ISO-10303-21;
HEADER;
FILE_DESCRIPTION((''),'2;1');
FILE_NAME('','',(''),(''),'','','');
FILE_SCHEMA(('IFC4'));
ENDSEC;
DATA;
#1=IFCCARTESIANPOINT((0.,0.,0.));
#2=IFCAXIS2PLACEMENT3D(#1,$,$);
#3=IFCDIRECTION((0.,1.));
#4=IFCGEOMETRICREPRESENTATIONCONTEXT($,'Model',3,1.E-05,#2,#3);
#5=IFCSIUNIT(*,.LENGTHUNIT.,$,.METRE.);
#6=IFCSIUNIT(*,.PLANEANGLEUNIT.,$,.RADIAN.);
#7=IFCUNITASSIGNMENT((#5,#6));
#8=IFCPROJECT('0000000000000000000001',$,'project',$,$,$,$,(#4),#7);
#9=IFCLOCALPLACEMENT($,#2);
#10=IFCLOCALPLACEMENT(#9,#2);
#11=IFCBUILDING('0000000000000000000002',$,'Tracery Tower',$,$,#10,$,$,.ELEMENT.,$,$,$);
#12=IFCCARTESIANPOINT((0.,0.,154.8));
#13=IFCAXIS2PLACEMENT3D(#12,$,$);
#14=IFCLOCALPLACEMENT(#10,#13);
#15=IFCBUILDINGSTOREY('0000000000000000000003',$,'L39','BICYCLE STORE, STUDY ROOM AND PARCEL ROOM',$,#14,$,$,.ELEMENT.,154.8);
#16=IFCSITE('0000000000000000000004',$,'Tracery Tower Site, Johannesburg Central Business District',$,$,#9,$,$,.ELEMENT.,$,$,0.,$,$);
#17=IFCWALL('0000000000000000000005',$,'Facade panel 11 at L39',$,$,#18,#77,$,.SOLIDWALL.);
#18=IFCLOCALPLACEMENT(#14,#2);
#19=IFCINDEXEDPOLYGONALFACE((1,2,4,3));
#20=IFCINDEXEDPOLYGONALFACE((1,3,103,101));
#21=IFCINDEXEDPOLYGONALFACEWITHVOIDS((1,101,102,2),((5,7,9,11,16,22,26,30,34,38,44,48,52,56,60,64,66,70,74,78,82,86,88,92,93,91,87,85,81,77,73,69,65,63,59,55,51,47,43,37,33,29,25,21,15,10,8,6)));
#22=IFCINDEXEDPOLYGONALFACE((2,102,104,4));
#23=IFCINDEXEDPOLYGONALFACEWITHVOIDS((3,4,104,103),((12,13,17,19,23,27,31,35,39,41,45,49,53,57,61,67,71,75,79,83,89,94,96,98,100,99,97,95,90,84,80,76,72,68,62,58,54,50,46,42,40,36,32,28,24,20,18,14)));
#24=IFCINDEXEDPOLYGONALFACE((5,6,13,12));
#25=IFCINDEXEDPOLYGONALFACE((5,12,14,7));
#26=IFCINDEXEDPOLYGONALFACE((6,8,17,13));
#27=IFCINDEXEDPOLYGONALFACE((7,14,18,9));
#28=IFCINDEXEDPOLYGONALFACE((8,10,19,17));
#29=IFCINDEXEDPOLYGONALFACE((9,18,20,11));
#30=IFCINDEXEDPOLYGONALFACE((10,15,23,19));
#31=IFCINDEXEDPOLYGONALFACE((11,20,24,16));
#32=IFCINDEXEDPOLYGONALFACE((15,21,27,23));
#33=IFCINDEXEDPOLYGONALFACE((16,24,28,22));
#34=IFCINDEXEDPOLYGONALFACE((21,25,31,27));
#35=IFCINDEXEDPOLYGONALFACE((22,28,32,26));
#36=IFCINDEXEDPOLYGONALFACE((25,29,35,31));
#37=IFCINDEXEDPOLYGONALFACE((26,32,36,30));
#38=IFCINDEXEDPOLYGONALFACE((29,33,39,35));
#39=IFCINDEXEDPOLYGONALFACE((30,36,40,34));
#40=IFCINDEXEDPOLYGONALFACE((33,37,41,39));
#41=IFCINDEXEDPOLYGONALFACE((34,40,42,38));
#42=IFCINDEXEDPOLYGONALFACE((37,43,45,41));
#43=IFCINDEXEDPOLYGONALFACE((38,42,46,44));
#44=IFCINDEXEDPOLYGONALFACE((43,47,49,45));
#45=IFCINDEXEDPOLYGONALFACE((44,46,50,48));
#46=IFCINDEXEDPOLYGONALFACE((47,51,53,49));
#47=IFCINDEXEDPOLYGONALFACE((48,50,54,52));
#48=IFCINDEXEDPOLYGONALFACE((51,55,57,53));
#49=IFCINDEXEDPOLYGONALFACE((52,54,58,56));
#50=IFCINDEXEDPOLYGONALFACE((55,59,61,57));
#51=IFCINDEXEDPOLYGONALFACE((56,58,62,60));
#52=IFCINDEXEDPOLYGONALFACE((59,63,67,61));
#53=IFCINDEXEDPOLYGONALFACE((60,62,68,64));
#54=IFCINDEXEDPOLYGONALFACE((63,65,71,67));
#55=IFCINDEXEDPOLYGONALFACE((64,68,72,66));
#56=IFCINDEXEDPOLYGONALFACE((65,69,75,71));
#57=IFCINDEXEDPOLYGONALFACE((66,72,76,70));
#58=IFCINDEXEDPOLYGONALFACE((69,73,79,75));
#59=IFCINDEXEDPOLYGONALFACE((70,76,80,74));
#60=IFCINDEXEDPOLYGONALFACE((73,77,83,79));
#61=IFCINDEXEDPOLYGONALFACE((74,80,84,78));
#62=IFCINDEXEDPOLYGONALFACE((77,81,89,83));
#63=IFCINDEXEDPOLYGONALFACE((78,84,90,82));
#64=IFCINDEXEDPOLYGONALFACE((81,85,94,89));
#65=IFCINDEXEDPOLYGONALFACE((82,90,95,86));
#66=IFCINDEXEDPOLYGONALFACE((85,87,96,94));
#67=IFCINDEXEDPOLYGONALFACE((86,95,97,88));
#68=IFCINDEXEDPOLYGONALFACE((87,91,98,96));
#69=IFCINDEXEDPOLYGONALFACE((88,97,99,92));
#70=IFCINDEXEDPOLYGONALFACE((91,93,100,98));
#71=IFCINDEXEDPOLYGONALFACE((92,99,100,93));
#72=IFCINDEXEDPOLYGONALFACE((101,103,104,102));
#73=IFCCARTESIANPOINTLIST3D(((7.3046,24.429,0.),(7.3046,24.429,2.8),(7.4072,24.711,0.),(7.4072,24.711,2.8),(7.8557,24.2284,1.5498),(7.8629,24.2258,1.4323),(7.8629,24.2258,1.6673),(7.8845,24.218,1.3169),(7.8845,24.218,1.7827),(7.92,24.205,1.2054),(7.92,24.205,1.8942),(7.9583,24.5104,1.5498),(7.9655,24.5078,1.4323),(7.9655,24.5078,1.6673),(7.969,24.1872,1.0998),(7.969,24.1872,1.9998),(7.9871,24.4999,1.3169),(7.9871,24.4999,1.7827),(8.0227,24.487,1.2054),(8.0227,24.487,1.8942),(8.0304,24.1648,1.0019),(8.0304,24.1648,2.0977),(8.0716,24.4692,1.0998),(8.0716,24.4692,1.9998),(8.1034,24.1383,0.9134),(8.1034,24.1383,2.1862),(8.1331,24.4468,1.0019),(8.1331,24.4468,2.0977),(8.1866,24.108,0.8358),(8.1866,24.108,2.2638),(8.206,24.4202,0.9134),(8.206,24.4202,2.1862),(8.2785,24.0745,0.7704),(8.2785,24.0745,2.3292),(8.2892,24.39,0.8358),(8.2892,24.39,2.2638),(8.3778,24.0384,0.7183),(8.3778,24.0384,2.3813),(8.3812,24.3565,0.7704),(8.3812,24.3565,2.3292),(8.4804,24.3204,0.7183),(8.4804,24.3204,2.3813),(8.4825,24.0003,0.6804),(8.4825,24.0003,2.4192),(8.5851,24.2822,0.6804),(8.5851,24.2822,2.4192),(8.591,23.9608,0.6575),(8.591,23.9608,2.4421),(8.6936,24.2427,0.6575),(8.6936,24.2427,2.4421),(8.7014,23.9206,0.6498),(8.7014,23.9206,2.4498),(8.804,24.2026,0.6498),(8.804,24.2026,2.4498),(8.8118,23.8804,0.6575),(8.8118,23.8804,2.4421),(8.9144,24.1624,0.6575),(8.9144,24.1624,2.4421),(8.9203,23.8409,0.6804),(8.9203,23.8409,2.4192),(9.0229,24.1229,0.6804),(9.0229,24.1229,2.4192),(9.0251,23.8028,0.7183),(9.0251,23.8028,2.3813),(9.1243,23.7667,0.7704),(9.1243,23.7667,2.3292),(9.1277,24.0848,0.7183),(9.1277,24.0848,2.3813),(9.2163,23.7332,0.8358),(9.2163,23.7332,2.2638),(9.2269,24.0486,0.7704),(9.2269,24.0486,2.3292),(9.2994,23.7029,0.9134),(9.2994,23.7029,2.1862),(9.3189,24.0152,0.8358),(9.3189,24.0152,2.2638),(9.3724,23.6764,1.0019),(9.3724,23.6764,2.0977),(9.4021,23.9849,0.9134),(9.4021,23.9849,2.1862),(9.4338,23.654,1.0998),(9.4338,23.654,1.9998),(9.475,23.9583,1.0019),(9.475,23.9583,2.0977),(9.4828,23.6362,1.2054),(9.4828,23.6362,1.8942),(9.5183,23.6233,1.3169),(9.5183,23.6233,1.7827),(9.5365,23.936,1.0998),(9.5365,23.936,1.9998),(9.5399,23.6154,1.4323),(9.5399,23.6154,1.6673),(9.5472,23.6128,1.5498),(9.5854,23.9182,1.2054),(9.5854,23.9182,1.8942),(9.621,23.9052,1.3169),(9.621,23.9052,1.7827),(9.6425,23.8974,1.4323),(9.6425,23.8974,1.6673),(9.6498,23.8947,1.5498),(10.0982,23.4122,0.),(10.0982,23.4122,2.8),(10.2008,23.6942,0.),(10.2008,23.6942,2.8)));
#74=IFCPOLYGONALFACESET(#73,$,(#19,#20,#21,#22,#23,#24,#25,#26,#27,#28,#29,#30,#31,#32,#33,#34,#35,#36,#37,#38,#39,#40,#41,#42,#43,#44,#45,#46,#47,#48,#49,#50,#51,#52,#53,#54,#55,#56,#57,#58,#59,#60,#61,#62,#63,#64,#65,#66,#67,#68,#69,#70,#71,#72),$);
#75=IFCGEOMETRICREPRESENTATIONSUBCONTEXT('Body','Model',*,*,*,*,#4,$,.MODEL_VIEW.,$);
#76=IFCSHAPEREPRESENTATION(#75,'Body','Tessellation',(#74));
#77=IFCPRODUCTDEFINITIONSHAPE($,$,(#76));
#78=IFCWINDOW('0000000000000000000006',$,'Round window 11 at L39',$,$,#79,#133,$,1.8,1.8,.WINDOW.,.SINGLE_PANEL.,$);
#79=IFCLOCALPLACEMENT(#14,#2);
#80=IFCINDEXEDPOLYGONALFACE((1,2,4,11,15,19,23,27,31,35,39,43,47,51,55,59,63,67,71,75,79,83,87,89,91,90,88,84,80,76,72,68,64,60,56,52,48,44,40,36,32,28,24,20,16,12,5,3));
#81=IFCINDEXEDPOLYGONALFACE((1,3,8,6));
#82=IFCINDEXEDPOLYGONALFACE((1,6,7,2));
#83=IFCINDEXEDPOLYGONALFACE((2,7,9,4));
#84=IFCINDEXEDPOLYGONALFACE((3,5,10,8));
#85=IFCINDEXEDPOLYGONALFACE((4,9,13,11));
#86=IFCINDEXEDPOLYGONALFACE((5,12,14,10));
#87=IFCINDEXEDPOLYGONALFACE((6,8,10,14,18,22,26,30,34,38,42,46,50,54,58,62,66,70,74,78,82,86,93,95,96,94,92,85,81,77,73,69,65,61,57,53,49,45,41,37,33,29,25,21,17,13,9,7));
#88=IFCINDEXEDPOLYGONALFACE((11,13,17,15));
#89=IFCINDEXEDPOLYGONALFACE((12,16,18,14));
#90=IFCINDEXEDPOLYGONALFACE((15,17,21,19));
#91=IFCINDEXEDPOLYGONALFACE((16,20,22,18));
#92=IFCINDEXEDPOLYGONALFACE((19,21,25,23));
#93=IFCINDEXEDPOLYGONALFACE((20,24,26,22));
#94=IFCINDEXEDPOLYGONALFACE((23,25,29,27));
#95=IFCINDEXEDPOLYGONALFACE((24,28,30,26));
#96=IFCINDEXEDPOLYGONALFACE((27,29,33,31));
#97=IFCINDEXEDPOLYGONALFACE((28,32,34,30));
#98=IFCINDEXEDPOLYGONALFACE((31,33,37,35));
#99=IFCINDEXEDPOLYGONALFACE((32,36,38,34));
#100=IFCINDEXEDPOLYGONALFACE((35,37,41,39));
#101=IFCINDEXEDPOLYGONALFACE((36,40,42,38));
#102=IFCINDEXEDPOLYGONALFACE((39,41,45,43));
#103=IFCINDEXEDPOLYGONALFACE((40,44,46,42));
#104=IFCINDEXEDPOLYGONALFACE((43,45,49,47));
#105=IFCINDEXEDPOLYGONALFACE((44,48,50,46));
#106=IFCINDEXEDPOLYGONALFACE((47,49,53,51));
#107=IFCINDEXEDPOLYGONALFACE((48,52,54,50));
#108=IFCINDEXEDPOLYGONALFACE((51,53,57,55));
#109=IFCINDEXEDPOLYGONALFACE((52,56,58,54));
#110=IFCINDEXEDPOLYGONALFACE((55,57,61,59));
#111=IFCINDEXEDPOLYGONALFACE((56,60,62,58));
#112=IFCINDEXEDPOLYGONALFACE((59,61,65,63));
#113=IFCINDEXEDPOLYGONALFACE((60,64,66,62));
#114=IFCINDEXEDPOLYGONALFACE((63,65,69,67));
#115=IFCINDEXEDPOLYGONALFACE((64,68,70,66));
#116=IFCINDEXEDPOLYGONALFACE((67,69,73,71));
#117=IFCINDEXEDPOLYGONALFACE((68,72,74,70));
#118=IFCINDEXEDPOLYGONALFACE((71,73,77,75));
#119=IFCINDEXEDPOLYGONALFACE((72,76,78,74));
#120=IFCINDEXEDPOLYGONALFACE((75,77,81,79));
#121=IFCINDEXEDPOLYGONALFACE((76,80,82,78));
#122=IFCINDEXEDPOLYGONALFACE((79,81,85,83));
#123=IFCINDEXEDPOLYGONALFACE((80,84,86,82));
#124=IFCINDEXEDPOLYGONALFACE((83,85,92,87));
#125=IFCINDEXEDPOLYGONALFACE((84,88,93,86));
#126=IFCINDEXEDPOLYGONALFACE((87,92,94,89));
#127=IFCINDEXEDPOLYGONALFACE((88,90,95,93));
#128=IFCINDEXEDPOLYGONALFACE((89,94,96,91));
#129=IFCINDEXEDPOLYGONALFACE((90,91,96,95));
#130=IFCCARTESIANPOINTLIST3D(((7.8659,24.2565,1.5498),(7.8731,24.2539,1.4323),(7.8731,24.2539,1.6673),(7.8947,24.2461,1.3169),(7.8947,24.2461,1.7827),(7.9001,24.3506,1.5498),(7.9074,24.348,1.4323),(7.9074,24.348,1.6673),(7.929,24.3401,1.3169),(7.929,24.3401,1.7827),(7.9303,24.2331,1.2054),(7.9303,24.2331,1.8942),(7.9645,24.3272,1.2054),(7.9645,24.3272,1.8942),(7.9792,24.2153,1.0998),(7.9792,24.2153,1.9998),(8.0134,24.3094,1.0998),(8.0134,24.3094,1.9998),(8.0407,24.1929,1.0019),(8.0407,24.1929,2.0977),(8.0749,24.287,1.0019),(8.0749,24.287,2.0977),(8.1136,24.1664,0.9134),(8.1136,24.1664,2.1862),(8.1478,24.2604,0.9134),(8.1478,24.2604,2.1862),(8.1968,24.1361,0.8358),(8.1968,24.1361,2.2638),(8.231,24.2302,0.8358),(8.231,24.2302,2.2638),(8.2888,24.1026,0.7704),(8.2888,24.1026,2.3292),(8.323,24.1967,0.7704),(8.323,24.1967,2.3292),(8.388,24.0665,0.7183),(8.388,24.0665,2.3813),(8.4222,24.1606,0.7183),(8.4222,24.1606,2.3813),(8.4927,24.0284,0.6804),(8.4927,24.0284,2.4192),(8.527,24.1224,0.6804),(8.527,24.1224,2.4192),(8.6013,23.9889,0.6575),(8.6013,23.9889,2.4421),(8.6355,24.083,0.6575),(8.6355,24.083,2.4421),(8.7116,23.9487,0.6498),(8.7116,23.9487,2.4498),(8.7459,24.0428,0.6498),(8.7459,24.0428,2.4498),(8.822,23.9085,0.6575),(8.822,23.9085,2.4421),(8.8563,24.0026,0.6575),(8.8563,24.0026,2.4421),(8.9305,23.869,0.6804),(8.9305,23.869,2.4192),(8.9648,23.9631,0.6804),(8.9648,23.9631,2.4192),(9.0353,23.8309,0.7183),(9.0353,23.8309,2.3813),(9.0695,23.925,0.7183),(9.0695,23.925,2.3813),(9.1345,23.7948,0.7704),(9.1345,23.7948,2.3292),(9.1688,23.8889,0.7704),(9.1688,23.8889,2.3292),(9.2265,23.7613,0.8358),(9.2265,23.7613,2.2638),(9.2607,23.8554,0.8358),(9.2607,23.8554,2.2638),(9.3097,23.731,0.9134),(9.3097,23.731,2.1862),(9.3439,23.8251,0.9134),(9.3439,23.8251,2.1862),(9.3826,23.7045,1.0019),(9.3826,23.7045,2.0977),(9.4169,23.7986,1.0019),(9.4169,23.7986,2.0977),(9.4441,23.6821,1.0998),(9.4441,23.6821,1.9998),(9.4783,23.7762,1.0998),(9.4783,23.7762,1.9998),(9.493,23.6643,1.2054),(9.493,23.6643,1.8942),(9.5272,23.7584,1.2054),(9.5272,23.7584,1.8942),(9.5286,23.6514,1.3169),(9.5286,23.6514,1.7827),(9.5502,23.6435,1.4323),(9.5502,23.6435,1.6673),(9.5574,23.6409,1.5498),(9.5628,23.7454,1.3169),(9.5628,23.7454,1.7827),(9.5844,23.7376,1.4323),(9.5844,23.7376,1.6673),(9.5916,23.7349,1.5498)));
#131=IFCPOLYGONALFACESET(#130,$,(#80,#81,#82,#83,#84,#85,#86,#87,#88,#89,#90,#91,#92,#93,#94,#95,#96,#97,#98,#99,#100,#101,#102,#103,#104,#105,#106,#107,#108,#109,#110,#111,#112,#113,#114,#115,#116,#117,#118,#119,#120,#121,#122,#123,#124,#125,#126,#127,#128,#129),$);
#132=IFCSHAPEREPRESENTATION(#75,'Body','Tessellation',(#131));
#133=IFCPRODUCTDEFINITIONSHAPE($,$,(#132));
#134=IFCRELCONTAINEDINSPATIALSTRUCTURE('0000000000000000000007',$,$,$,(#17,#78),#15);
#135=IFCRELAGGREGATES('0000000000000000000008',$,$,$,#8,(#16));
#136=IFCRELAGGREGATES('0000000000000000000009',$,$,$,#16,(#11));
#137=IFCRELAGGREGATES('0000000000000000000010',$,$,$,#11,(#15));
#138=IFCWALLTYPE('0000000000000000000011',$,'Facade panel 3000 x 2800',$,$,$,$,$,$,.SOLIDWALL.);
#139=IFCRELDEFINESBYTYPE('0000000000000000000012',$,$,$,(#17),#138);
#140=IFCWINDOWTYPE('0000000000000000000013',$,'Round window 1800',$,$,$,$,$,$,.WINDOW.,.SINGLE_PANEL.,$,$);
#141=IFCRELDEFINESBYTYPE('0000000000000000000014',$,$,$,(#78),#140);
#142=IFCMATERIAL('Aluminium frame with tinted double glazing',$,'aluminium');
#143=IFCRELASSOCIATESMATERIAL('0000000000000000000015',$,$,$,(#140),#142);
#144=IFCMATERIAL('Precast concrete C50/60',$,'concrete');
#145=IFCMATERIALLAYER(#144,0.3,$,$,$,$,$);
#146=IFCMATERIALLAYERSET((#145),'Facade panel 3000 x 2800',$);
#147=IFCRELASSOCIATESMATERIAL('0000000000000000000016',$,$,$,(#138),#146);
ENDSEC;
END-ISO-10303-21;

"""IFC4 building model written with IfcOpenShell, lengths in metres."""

from ifc_helpers import new_model, si_unit, direction, frame, frame_2d, origin, origin_2d, place, context, subcontext, project, spatial, rectangle, circle, extrude, material, layer, layer_set, type_object, element, fill, save


model = new_model("IFC4")

# Units and contexts
model_context = context("Model", 3, precision=1e-05, world=origin(), true_north=direction((0.0, 1.0)))
body_context = subcontext(model_context, "Body", "Model", "MODEL_VIEW")
ifc_project = project(units=[si_unit("LENGTHUNIT", "METRE"), si_unit("PLANEANGLEUNIT", "RADIAN")], contexts=[model_context])

# Site, building, storey
site_placement = place(None, origin())
site = spatial("IfcSite", under=ifc_project, at=site_placement, Name="Tracery Tower Site, Johannesburg Central Business District", CompositionType="ELEMENT", RefElevation=0.0)
building_placement = place(site_placement, origin())
building = spatial("IfcBuilding", under=site, at=building_placement, Name="Tracery Tower", CompositionType="ELEMENT")
storey_placement = place(building_placement, frame((0.0, 0.0, 154.8)))
storey = spatial("IfcBuildingStorey", under=building, at=storey_placement, Name="L39", Description="BICYCLE STORE, STUDY ROOM AND PARCEL ROOM", CompositionType="ELEMENT", Elevation=154.8)

# Wall, opening, window
ifc_material_1 = material(Name="Aluminium frame with tinted double glazing", Category="aluminium")
window_type = type_object("IfcWindowType", Name="Round window 1800", PartitioningType="SINGLE_PANEL", PredefinedType="WINDOW", material=ifc_material_1)
ifc_material_2 = material(Name="Precast concrete C50/60", Category="concrete")
ifc_layer_1 = layer(ifc_material_2, 0.3)
ifc_layer_set_1 = layer_set([ifc_layer_1], Name="Facade panel 3000 x 2800")
wall_type_1 = type_object("IfcWallType", Name="Facade panel 3000 x 2800", PredefinedType="SOLIDWALL", material=ifc_layer_set_1)
wall_1_placement = place(storey_placement, frame((10.1494, 23.5532, 0.0), z_axis=(0.0, 0.0, 1.0), x_axis=(-0.93969, 0.342027, 0.0)))
wall_1 = element("IfcWall", 1, at=wall_1_placement, inside=storey, type_object=wall_type_1, Name="Facade panel 11 at L39", PredefinedType="SOLIDWALL", context=body_context, shape_type="SweptSolid", body=[
    extrude(rectangle(XDim=2.9729, YDim=0.3, at=frame_2d((1.4863, 0.0))), origin(), (0.0, 0.0, 1.0), 2.8),
])
opening_1_placement = place(wall_1_placement, frame((1.4863, 0.0, 1.5498)))
opening_1 = element("IfcOpeningElement", 2, at=opening_1_placement, cuts=wall_1, PredefinedType="OPENING", context=body_context, shape_type="SweptSolid", body=[
    extrude(circle(Radius=0.9, at=origin_2d()), frame((0.0, 0.1599, 0.0), z_axis=(0.0, -1.0, 0.0), x_axis=(1.0, 0.0, 0.0)), (0.0, 0.0, 1.0), 0.3201),
])
window_1_placement = place(opening_1_placement, origin())
window_1 = element("IfcWindow", 3, at=window_1_placement, inside=storey, type_object=window_type, Name="Round window 11 at L39", OverallHeight=1.8, OverallWidth=1.8, PartitioningType="SINGLE_PANEL", PredefinedType="WINDOW", context=body_context, shape_type="SweptSolid", body=[
    extrude(circle(Radius=0.9, at=origin_2d()), frame((0.0, 0.1201, 0.0), z_axis=(0.0, -1.0, 0.0), x_axis=(1.0, 0.0, 0.0)), (0.0, 0.0, 1.0), 0.1001),
])
fill(opening_1, window_1)

save(model, "model.ifc")
